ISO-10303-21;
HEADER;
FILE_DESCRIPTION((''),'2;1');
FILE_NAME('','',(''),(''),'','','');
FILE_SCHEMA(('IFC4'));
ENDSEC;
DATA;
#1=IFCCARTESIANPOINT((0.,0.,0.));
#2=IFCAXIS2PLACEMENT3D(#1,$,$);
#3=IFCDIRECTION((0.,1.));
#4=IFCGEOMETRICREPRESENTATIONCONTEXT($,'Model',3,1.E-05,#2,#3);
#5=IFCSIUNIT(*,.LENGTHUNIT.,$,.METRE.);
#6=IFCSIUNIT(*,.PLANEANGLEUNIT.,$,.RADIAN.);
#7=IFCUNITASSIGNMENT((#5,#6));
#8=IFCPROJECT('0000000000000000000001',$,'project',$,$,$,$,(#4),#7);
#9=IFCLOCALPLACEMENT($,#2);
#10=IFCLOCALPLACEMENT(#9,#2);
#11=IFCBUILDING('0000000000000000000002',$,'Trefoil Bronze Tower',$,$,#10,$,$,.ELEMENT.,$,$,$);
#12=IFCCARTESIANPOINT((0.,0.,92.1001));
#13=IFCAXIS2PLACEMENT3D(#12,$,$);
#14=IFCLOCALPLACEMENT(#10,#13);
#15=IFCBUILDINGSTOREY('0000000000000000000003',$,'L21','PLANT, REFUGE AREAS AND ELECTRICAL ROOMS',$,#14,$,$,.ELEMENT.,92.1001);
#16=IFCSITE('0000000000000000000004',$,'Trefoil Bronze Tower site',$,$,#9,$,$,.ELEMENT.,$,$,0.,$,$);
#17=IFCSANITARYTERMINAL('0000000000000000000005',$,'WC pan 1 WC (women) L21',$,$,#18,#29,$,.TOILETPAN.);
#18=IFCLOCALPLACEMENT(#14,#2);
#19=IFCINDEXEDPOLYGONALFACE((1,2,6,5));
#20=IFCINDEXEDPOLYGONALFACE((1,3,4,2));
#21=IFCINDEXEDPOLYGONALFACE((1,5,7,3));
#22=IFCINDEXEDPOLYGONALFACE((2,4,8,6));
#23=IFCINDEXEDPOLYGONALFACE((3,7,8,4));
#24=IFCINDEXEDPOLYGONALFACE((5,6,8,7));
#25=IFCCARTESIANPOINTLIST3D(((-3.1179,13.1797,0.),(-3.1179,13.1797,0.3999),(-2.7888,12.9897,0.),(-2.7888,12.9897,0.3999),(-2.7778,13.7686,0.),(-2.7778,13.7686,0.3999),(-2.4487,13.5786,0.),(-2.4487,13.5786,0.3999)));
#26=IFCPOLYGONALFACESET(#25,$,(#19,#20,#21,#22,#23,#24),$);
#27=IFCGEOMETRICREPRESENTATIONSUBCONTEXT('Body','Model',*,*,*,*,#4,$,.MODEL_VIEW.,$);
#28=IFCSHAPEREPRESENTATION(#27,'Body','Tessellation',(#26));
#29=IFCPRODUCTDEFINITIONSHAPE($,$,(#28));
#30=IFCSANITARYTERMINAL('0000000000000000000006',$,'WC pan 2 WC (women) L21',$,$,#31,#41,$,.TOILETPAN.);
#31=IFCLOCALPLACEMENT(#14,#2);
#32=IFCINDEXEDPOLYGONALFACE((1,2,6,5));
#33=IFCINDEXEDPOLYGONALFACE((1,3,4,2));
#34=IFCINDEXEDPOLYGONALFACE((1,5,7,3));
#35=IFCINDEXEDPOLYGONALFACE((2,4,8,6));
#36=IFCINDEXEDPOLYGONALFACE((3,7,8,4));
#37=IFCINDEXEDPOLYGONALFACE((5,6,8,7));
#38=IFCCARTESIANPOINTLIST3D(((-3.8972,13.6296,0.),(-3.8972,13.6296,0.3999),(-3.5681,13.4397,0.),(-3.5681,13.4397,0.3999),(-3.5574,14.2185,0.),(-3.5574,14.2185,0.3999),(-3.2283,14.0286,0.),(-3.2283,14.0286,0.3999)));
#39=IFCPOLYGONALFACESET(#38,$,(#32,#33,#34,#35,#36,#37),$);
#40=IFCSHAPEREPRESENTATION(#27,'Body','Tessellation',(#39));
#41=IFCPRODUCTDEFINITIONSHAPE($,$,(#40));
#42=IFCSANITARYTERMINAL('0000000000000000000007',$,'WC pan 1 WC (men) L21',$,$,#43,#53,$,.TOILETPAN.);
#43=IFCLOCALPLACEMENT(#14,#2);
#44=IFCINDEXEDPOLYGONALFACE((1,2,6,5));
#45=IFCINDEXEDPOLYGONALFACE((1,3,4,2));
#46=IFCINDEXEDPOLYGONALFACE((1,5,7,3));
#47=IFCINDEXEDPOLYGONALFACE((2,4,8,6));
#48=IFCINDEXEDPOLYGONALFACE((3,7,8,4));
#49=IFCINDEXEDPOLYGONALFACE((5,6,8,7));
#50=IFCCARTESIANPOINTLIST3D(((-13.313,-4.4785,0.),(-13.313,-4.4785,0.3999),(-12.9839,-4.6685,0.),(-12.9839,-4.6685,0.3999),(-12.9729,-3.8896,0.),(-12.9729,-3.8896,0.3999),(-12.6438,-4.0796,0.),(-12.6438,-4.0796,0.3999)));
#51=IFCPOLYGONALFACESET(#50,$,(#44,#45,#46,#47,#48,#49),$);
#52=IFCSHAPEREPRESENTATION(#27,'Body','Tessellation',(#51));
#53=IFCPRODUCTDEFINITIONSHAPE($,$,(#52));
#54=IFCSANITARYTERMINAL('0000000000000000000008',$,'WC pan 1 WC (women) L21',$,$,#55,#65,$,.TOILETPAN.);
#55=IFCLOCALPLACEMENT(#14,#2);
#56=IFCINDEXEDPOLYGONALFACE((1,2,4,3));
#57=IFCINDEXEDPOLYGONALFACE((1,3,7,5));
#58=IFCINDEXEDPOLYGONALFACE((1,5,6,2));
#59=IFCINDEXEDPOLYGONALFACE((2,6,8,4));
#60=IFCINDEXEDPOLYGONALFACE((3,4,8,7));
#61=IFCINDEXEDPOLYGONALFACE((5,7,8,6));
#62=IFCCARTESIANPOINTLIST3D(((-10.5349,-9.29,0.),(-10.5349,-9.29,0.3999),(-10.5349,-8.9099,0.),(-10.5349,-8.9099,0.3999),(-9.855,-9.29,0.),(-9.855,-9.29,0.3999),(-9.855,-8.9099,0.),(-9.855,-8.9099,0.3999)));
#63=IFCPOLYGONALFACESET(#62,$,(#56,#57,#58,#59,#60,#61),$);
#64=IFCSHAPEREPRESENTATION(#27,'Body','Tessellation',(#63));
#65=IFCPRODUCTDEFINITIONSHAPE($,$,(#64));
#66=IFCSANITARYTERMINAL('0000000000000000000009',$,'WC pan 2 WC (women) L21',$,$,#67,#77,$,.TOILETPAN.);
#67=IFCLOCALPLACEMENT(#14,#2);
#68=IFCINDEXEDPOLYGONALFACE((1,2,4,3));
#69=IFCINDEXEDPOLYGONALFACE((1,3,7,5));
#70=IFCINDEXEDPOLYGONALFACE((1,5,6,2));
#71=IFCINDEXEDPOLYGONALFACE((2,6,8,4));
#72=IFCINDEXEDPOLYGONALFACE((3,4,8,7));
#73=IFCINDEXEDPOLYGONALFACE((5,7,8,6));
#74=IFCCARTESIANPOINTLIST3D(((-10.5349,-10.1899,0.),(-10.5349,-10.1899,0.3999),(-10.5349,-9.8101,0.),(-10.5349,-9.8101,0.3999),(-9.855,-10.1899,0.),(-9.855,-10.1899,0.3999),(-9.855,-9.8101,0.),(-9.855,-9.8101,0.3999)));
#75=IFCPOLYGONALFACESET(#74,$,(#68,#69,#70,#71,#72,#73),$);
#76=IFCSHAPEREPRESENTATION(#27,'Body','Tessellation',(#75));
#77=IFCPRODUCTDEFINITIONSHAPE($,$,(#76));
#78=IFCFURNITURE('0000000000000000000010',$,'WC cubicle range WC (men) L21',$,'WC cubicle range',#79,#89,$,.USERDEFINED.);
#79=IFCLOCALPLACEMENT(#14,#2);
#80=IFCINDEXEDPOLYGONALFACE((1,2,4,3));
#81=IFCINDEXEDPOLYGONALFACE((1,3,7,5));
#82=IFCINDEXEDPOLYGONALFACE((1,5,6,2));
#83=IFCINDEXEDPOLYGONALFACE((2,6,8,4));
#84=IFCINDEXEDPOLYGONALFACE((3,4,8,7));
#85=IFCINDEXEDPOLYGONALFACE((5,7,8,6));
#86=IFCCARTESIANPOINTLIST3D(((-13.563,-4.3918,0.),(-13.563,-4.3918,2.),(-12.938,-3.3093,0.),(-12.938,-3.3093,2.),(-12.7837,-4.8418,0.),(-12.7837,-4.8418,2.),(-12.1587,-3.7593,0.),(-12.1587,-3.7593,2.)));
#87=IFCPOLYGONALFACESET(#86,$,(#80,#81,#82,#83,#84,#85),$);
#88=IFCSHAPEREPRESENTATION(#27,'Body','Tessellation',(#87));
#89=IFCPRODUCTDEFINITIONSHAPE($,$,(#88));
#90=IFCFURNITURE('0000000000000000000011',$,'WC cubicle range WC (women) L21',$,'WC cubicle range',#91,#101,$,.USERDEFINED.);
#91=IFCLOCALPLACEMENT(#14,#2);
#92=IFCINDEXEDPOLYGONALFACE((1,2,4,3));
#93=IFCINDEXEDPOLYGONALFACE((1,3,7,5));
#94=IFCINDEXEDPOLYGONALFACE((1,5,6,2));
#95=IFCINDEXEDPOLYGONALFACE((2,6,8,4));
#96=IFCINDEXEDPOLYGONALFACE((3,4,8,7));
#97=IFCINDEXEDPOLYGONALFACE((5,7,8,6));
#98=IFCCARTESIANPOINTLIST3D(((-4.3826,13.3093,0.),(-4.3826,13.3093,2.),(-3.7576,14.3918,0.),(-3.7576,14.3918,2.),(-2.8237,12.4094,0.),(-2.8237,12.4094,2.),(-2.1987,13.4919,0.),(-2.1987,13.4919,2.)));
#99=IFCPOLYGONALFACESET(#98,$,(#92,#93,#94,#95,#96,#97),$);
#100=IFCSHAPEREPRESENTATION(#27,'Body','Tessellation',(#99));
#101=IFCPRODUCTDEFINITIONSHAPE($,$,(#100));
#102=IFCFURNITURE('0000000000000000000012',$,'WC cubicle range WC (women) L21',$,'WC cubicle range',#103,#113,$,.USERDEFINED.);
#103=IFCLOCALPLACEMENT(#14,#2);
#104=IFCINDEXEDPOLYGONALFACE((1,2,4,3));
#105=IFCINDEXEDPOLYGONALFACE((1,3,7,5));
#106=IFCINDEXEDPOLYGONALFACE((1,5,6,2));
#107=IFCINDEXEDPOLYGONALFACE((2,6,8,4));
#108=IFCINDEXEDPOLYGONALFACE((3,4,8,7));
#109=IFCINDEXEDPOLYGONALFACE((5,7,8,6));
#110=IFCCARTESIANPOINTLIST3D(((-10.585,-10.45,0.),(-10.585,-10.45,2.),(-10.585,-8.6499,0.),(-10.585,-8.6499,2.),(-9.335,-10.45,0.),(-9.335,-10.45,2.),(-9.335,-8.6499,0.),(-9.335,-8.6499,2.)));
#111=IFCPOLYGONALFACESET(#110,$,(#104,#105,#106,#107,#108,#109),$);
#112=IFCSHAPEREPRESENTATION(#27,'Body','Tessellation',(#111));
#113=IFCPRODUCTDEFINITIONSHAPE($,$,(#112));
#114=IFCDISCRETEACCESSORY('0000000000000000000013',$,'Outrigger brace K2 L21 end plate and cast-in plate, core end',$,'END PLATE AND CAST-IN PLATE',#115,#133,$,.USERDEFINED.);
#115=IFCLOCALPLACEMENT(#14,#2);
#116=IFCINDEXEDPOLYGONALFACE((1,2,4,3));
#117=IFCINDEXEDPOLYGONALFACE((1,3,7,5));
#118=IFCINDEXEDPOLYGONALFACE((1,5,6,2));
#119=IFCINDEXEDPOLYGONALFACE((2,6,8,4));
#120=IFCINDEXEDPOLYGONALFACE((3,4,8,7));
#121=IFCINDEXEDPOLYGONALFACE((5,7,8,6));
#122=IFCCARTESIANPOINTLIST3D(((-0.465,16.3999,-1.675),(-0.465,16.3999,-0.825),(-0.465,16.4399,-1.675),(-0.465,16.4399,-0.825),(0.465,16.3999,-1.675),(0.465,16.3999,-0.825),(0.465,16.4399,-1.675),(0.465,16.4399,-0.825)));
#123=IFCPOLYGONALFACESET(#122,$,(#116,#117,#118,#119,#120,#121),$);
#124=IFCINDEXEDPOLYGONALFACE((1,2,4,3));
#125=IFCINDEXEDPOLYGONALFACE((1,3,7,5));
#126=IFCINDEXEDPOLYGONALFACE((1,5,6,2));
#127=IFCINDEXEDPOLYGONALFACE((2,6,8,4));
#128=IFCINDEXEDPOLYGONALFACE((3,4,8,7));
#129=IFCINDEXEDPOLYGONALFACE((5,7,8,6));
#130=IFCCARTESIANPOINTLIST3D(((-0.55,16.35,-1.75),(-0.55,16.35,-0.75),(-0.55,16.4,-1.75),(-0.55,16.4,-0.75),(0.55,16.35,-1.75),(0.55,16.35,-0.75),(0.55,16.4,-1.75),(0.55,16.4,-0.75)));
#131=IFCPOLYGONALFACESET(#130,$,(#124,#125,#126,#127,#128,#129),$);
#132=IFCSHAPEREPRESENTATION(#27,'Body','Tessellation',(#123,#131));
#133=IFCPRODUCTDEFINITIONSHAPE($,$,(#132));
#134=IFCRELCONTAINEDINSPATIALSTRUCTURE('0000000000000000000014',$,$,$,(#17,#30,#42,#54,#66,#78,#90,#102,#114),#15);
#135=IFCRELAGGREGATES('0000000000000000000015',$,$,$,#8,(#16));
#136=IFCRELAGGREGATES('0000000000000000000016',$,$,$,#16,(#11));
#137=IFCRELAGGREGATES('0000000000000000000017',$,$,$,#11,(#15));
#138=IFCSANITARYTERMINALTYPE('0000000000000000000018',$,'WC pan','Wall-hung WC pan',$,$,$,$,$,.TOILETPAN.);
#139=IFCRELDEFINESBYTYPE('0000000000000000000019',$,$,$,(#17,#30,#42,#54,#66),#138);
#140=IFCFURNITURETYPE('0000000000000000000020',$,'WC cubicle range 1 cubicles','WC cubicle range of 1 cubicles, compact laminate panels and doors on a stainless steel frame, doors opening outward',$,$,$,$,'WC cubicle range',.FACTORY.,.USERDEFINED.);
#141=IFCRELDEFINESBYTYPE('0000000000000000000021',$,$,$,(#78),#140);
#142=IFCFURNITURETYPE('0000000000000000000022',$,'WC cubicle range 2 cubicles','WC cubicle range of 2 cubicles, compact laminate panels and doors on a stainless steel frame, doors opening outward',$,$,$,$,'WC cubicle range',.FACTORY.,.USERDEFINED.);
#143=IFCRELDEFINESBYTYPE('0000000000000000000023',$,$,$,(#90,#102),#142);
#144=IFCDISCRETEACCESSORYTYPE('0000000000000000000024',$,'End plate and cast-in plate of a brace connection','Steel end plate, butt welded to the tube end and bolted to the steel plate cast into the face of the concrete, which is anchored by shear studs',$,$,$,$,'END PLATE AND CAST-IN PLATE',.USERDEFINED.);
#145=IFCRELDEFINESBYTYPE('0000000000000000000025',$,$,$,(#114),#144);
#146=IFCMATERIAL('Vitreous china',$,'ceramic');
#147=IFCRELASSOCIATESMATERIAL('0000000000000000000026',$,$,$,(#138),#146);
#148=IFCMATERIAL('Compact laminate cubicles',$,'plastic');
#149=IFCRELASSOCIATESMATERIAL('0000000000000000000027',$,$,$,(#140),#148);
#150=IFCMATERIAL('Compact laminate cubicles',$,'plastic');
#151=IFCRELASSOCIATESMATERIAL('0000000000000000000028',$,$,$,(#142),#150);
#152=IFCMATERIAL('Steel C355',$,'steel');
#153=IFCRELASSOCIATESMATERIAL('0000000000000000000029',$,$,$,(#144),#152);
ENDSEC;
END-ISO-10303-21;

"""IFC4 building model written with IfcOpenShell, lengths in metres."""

from ifc_helpers import new_model, si_unit, direction, frame, origin, origin_2d, place, context, subcontext, project, spatial, polyline, rectangle, outline, extrude, material, type_object, element, save


model = new_model("IFC4")

# Units and contexts
model_context = context("Model", 3, precision=1e-05, world=origin(), true_north=direction((0.0, 1.0)))
body_context = subcontext(model_context, "Body", "Model", "MODEL_VIEW")
ifc_project = project(units=[si_unit("LENGTHUNIT", "METRE"), si_unit("PLANEANGLEUNIT", "RADIAN")], contexts=[model_context])

# Site, building, storey
site_placement = place(None, origin())
site = spatial("IfcSite", under=ifc_project, at=site_placement, Name="Trefoil Bronze Tower site", CompositionType="ELEMENT", RefElevation=0.0)
building_placement = place(site_placement, origin())
building = spatial("IfcBuilding", under=site, at=building_placement, Name="Trefoil Bronze Tower", CompositionType="ELEMENT")
storey_placement = place(building_placement, frame((0.0, 0.0, 92.1001)))
storey = spatial("IfcBuildingStorey", under=building, at=storey_placement, Name="L21", Description="PLANT, REFUGE AREAS AND ELECTRICAL ROOMS", CompositionType="ELEMENT", Elevation=92.1001)

# Sanitary terminals
ifc_material_1 = material(Name="Vitreous china", Category="ceramic")
sanitary_terminal_type_1 = type_object("IfcSanitaryTerminalType", Name="WC pan", Description="Wall-hung WC pan", PredefinedType="TOILETPAN", material=ifc_material_1)
sanitary_terminal_1_placement = place(storey_placement, origin())
element("IfcSanitaryTerminal", 1, at=sanitary_terminal_1_placement, inside=storey, type_object=sanitary_terminal_type_1, Name="WC pan 1 WC (women) L21", PredefinedType="TOILETPAN", context=body_context, shape_type="SweptSolid", body=[
    extrude(outline(polyline([(-2.7888, 12.9897), (-2.4487, 13.5786), (-2.7778, 13.7686), (-3.1179, 13.1797), (-2.7888, 12.9897)])), origin(), (0.0, 0.0, 1.0), 0.3999),
])
sanitary_terminal_2_placement = place(storey_placement, origin())
element("IfcSanitaryTerminal", 2, at=sanitary_terminal_2_placement, inside=storey, type_object=sanitary_terminal_type_1, Name="WC pan 2 WC (women) L21", PredefinedType="TOILETPAN", context=body_context, shape_type="SweptSolid", body=[
    extrude(outline(polyline([(-3.5681, 13.4397), (-3.2283, 14.0286), (-3.5574, 14.2185), (-3.8972, 13.6296), (-3.5681, 13.4397)])), origin(), (0.0, 0.0, 1.0), 0.3999),
])
sanitary_terminal_3_placement = place(storey_placement, origin())
element("IfcSanitaryTerminal", 3, at=sanitary_terminal_3_placement, inside=storey, type_object=sanitary_terminal_type_1, Name="WC pan 1 WC (men) L21", PredefinedType="TOILETPAN", context=body_context, shape_type="SweptSolid", body=[
    extrude(outline(polyline([(-12.6438, -4.0796), (-12.9839, -4.6685), (-13.313, -4.4785), (-12.9729, -3.8896), (-12.6438, -4.0796)])), origin(), (0.0, 0.0, 1.0), 0.3999),
])
sanitary_terminal_4_placement = place(storey_placement, origin())
element("IfcSanitaryTerminal", 4, at=sanitary_terminal_4_placement, inside=storey, type_object=sanitary_terminal_type_1, Name="WC pan 1 WC (women) L21", PredefinedType="TOILETPAN", context=body_context, shape_type="SweptSolid", body=[
    extrude(outline(polyline([(-9.855, -8.9099), (-10.5349, -8.9099), (-10.5349, -9.29), (-9.855, -9.29), (-9.855, -8.9099)])), origin(), (0.0, 0.0, 1.0), 0.3999),
])
sanitary_terminal_5_placement = place(storey_placement, origin())
element("IfcSanitaryTerminal", 5, at=sanitary_terminal_5_placement, inside=storey, type_object=sanitary_terminal_type_1, Name="WC pan 2 WC (women) L21", PredefinedType="TOILETPAN", context=body_context, shape_type="SweptSolid", body=[
    extrude(outline(polyline([(-9.855, -9.8101), (-10.5349, -9.8101), (-10.5349, -10.1899), (-9.855, -10.1899), (-9.855, -9.8101)])), origin(), (0.0, 0.0, 1.0), 0.3999),
])

# Furniture
ifc_material_2 = material(Name="Compact laminate cubicles", Category="plastic")
furniture_type_1 = type_object("IfcFurnitureType", Name="WC cubicle range 1 cubicles", Description="WC cubicle range of 1 cubicles, compact laminate panels and doors on a stainless steel frame, doors opening outward", ElementType="WC cubicle range", AssemblyPlace="FACTORY", PredefinedType="USERDEFINED", material=ifc_material_2)
furniture_1_placement = place(storey_placement, origin())
element("IfcFurniture", 6, at=furniture_1_placement, inside=storey, type_object=furniture_type_1, Name="WC cubicle range WC (men) L21", ObjectType="WC cubicle range", PredefinedType="USERDEFINED", context=body_context, shape_type="SweptSolid", body=[
    extrude(outline(polyline([(-12.1587, -3.7593), (-12.7837, -4.8418), (-13.563, -4.3918), (-12.938, -3.3093), (-12.1587, -3.7593)])), origin(), (0.0, 0.0, 1.0), 2.0),
])
ifc_material_3 = material(Name="Compact laminate cubicles", Category="plastic")
furniture_type_2 = type_object("IfcFurnitureType", Name="WC cubicle range 2 cubicles", Description="WC cubicle range of 2 cubicles, compact laminate panels and doors on a stainless steel frame, doors opening outward", ElementType="WC cubicle range", AssemblyPlace="FACTORY", PredefinedType="USERDEFINED", material=ifc_material_3)
furniture_2_placement = place(storey_placement, origin())
element("IfcFurniture", 7, at=furniture_2_placement, inside=storey, type_object=furniture_type_2, Name="WC cubicle range WC (women) L21", ObjectType="WC cubicle range", PredefinedType="USERDEFINED", context=body_context, shape_type="SweptSolid", body=[
    extrude(outline(polyline([(-2.8237, 12.4094), (-2.1987, 13.4919), (-3.7576, 14.3918), (-4.3826, 13.3093), (-2.8237, 12.4094)])), origin(), (0.0, 0.0, 1.0), 2.0),
])
furniture_3_placement = place(storey_placement, origin())
element("IfcFurniture", 8, at=furniture_3_placement, inside=storey, type_object=furniture_type_2, Name="WC cubicle range WC (women) L21", ObjectType="WC cubicle range", PredefinedType="USERDEFINED", context=body_context, shape_type="SweptSolid", body=[
    extrude(outline(polyline([(-9.335, -8.6499), (-10.585, -8.6499), (-10.585, -10.45), (-9.335, -10.45), (-9.335, -8.6499)])), origin(), (0.0, 0.0, 1.0), 2.0),
])

# Discrete accessory
ifc_material_4 = material(Name="Steel C355", Category="steel")
discrete_accessory_type = type_object("IfcDiscreteAccessoryType", Name="End plate and cast-in plate of a brace connection", Description="Steel end plate, butt welded to the tube end and bolted to the steel plate cast into the face of the concrete, which is anchored by shear studs", ElementType="END PLATE AND CAST-IN PLATE", PredefinedType="USERDEFINED", material=ifc_material_4)
discrete_accessory_placement = place(storey_placement, frame((0.0, 16.3999, -1.25), z_axis=(0.0, 0.0, 1.0), x_axis=(0.0, 1.0, 0.0)))
element("IfcDiscreteAccessory", 9, at=discrete_accessory_placement, inside=storey, type_object=discrete_accessory_type, Name="Outrigger brace K2 L21 end plate and cast-in plate, core end", ObjectType="END PLATE AND CAST-IN PLATE", PredefinedType="USERDEFINED", context=body_context, shape_type="SweptSolid", body=[
    extrude(rectangle(XDim=0.04, YDim=0.9299, at=origin_2d()), frame((0.02, 0.0, -0.425)), (0.0, 0.0, 1.0), 0.8501),
    extrude(rectangle(XDim=0.05, YDim=1.1001, at=origin_2d()), frame((-0.0249, 0.0, -0.5)), (0.0, 0.0, 1.0), 1.0),
])

save(model, "model.ifc")
